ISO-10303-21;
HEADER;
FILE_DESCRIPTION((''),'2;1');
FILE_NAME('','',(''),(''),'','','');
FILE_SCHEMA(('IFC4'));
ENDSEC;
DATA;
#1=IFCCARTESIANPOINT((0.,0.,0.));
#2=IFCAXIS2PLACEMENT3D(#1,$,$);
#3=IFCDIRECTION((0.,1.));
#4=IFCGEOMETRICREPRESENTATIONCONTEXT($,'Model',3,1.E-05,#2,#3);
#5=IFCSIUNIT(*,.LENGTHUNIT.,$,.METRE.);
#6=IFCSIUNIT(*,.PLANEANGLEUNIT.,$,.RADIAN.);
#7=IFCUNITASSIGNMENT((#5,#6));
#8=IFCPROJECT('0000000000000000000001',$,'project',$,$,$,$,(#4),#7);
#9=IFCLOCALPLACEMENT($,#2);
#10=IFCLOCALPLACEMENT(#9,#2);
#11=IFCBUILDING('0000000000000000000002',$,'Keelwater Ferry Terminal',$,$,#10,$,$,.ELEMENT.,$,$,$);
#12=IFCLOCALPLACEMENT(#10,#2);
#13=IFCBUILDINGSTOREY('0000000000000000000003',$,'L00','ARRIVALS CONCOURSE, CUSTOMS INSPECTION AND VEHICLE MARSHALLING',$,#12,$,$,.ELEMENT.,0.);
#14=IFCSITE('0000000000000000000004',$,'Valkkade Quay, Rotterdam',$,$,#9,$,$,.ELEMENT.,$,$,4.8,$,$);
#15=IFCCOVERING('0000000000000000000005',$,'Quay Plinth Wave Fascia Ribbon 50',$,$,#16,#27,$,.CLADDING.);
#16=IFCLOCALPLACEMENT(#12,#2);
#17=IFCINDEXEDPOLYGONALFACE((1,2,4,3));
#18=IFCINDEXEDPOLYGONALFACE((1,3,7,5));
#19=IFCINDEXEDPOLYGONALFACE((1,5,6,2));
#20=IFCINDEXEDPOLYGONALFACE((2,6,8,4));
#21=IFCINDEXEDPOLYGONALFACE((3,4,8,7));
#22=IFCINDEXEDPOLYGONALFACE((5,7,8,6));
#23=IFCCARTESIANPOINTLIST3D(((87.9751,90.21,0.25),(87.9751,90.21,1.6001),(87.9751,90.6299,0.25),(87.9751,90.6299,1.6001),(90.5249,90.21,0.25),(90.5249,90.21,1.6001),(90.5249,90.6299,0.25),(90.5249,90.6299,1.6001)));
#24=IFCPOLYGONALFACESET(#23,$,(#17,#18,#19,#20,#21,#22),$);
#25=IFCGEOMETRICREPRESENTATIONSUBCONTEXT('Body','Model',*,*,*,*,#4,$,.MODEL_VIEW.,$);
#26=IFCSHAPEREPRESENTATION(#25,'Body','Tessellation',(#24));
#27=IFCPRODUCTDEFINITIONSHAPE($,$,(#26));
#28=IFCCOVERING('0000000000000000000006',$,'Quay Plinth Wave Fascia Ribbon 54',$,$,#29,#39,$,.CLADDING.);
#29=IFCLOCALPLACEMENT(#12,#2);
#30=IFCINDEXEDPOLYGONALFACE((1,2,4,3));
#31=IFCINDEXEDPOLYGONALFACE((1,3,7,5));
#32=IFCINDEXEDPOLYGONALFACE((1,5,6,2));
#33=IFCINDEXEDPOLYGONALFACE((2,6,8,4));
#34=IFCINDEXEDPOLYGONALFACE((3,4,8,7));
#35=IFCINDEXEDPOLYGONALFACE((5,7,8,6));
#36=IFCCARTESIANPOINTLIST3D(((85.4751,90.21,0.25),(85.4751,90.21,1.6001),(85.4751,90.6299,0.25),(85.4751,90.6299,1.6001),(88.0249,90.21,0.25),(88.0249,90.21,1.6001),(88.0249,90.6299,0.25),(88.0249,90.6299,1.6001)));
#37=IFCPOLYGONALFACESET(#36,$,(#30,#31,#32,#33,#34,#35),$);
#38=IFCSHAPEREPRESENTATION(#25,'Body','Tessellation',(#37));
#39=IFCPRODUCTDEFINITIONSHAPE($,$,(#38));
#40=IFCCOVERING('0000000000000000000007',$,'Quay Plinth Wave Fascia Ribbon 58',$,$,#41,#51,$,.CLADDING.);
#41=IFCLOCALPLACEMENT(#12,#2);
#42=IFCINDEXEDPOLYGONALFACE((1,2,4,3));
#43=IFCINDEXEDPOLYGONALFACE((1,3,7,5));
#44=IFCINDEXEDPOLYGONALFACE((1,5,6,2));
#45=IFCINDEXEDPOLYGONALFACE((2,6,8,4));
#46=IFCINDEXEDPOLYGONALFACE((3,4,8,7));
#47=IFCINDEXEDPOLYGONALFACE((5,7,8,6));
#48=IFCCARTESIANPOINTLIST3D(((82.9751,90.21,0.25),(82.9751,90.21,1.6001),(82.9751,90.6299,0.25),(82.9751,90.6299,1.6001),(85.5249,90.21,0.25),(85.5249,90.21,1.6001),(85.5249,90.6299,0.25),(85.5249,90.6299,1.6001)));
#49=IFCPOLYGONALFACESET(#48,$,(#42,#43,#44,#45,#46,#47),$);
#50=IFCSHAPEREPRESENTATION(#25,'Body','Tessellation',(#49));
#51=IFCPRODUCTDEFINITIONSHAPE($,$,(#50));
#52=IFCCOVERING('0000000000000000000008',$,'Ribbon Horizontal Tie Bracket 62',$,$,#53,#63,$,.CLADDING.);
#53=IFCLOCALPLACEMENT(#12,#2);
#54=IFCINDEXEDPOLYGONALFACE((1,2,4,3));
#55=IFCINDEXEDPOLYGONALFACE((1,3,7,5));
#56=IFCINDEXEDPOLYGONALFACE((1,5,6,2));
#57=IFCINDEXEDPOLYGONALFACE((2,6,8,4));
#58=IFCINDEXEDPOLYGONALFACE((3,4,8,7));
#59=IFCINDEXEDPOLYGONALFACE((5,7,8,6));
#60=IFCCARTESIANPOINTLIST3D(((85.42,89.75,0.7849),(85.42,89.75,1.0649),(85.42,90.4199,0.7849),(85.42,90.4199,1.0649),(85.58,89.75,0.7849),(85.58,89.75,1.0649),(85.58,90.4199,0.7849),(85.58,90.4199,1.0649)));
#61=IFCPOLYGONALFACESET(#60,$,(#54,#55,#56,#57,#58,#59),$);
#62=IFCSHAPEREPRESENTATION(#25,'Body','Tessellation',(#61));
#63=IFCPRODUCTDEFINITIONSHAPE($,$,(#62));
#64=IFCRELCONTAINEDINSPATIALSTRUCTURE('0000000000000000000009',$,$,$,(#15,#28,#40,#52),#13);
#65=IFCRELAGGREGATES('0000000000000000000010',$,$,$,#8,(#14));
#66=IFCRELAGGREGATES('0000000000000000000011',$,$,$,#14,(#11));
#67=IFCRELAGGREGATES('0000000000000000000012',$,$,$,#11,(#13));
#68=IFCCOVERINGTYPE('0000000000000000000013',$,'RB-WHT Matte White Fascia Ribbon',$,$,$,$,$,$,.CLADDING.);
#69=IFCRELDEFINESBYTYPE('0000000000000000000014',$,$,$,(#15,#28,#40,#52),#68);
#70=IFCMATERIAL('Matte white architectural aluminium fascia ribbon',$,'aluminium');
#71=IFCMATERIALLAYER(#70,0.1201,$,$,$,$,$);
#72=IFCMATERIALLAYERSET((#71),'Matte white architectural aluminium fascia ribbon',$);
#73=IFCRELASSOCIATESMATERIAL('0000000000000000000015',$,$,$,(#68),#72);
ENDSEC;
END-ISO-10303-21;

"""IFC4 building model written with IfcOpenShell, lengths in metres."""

from ifc_helpers import new_model, si_unit, direction, frame, frame_2d, origin, place, context, subcontext, project, spatial, polyline, rectangle, outline, extrude, material, layer, layer_set, type_object, element, save


model = new_model("IFC4")

# Units and contexts
model_context = context("Model", 3, precision=1e-05, world=origin(), true_north=direction((0.0, 1.0)))
body_context = subcontext(model_context, "Body", "Model", "MODEL_VIEW")
ifc_project = project(units=[si_unit("LENGTHUNIT", "METRE"), si_unit("PLANEANGLEUNIT", "RADIAN")], contexts=[model_context])

# Site, building, storey
site_placement = place(None, origin())
site = spatial("IfcSite", under=ifc_project, at=site_placement, Name="Valkkade Quay, Rotterdam", CompositionType="ELEMENT", RefElevation=4.8)
building_placement = place(site_placement, origin())
building = spatial("IfcBuilding", under=site, at=building_placement, Name="Keelwater Ferry Terminal", CompositionType="ELEMENT")
storey_placement = place(building_placement, origin())
storey = spatial("IfcBuildingStorey", under=building, at=storey_placement, Name="L00", Description="ARRIVALS CONCOURSE, CUSTOMS INSPECTION AND VEHICLE MARSHALLING", CompositionType="ELEMENT", Elevation=0.0)

# Coverings
ifc_material_1 = material(Name="Matte white architectural aluminium fascia ribbon", Category="aluminium")
ifc_layer_1 = layer(ifc_material_1, 0.1201)
ifc_layer_set_1 = layer_set([ifc_layer_1], Name="Matte white architectural aluminium fascia ribbon")
covering_type = type_object("IfcCoveringType", Name="RB-WHT Matte White Fascia Ribbon", PredefinedType="CLADDING", material=ifc_layer_set_1)
for number, where, z_axis, x_axis, name in (
    (1, (90.5249, 90.4199, 0.25), (0.0, 0.0, 1.0), (-1.0, 0.0, 0.0), "Quay Plinth Wave Fascia Ribbon 50"),
    (2, (88.0249, 90.4199, 0.25), (0.0, 0.0, 1.0), (-1.0, 0.0, 0.0), "Quay Plinth Wave Fascia Ribbon 54"),
    (3, (85.5249, 90.4199, 0.25), (0.0, 0.0, 1.0), (-1.0, 0.0, 0.0), "Quay Plinth Wave Fascia Ribbon 58"),
):
    element("IfcCovering", number, at=place(storey_placement, frame(where, z_axis=z_axis, x_axis=x_axis)), inside=storey, type_object=covering_type, Name=name, PredefinedType="CLADDING", context=body_context, shape_type="SweptSolid", body=[
        extrude(outline(polyline([(0.0, 0.0), (2.5498, 0.0), (2.5498, 1.3501), (0.0, 1.3501), (0.0, 0.0)])), frame((0.0, 0.21, 0.0), z_axis=(0.0, -1.0, 0.0), x_axis=(1.0, 0.0, 0.0)), (0.0, 0.0, 1.0), 0.4199),
    ])
covering_1_placement = place(storey_placement, frame((85.5, 90.4199, 0.7849), z_axis=(0.0, 0.0, 1.0), x_axis=(0.0, -1.0, 0.0)))
element("IfcCovering", 4, at=covering_1_placement, inside=storey, type_object=covering_type, Name="Ribbon Horizontal Tie Bracket 62", PredefinedType="CLADDING", context=body_context, shape_type="SweptSolid", body=[
    extrude(rectangle(XDim=0.6699, YDim=0.1599, at=frame_2d((0.335, 0.0))), origin(), (0.0, 0.0, 1.0), 0.28),
])

save(model, "model.ifc")
